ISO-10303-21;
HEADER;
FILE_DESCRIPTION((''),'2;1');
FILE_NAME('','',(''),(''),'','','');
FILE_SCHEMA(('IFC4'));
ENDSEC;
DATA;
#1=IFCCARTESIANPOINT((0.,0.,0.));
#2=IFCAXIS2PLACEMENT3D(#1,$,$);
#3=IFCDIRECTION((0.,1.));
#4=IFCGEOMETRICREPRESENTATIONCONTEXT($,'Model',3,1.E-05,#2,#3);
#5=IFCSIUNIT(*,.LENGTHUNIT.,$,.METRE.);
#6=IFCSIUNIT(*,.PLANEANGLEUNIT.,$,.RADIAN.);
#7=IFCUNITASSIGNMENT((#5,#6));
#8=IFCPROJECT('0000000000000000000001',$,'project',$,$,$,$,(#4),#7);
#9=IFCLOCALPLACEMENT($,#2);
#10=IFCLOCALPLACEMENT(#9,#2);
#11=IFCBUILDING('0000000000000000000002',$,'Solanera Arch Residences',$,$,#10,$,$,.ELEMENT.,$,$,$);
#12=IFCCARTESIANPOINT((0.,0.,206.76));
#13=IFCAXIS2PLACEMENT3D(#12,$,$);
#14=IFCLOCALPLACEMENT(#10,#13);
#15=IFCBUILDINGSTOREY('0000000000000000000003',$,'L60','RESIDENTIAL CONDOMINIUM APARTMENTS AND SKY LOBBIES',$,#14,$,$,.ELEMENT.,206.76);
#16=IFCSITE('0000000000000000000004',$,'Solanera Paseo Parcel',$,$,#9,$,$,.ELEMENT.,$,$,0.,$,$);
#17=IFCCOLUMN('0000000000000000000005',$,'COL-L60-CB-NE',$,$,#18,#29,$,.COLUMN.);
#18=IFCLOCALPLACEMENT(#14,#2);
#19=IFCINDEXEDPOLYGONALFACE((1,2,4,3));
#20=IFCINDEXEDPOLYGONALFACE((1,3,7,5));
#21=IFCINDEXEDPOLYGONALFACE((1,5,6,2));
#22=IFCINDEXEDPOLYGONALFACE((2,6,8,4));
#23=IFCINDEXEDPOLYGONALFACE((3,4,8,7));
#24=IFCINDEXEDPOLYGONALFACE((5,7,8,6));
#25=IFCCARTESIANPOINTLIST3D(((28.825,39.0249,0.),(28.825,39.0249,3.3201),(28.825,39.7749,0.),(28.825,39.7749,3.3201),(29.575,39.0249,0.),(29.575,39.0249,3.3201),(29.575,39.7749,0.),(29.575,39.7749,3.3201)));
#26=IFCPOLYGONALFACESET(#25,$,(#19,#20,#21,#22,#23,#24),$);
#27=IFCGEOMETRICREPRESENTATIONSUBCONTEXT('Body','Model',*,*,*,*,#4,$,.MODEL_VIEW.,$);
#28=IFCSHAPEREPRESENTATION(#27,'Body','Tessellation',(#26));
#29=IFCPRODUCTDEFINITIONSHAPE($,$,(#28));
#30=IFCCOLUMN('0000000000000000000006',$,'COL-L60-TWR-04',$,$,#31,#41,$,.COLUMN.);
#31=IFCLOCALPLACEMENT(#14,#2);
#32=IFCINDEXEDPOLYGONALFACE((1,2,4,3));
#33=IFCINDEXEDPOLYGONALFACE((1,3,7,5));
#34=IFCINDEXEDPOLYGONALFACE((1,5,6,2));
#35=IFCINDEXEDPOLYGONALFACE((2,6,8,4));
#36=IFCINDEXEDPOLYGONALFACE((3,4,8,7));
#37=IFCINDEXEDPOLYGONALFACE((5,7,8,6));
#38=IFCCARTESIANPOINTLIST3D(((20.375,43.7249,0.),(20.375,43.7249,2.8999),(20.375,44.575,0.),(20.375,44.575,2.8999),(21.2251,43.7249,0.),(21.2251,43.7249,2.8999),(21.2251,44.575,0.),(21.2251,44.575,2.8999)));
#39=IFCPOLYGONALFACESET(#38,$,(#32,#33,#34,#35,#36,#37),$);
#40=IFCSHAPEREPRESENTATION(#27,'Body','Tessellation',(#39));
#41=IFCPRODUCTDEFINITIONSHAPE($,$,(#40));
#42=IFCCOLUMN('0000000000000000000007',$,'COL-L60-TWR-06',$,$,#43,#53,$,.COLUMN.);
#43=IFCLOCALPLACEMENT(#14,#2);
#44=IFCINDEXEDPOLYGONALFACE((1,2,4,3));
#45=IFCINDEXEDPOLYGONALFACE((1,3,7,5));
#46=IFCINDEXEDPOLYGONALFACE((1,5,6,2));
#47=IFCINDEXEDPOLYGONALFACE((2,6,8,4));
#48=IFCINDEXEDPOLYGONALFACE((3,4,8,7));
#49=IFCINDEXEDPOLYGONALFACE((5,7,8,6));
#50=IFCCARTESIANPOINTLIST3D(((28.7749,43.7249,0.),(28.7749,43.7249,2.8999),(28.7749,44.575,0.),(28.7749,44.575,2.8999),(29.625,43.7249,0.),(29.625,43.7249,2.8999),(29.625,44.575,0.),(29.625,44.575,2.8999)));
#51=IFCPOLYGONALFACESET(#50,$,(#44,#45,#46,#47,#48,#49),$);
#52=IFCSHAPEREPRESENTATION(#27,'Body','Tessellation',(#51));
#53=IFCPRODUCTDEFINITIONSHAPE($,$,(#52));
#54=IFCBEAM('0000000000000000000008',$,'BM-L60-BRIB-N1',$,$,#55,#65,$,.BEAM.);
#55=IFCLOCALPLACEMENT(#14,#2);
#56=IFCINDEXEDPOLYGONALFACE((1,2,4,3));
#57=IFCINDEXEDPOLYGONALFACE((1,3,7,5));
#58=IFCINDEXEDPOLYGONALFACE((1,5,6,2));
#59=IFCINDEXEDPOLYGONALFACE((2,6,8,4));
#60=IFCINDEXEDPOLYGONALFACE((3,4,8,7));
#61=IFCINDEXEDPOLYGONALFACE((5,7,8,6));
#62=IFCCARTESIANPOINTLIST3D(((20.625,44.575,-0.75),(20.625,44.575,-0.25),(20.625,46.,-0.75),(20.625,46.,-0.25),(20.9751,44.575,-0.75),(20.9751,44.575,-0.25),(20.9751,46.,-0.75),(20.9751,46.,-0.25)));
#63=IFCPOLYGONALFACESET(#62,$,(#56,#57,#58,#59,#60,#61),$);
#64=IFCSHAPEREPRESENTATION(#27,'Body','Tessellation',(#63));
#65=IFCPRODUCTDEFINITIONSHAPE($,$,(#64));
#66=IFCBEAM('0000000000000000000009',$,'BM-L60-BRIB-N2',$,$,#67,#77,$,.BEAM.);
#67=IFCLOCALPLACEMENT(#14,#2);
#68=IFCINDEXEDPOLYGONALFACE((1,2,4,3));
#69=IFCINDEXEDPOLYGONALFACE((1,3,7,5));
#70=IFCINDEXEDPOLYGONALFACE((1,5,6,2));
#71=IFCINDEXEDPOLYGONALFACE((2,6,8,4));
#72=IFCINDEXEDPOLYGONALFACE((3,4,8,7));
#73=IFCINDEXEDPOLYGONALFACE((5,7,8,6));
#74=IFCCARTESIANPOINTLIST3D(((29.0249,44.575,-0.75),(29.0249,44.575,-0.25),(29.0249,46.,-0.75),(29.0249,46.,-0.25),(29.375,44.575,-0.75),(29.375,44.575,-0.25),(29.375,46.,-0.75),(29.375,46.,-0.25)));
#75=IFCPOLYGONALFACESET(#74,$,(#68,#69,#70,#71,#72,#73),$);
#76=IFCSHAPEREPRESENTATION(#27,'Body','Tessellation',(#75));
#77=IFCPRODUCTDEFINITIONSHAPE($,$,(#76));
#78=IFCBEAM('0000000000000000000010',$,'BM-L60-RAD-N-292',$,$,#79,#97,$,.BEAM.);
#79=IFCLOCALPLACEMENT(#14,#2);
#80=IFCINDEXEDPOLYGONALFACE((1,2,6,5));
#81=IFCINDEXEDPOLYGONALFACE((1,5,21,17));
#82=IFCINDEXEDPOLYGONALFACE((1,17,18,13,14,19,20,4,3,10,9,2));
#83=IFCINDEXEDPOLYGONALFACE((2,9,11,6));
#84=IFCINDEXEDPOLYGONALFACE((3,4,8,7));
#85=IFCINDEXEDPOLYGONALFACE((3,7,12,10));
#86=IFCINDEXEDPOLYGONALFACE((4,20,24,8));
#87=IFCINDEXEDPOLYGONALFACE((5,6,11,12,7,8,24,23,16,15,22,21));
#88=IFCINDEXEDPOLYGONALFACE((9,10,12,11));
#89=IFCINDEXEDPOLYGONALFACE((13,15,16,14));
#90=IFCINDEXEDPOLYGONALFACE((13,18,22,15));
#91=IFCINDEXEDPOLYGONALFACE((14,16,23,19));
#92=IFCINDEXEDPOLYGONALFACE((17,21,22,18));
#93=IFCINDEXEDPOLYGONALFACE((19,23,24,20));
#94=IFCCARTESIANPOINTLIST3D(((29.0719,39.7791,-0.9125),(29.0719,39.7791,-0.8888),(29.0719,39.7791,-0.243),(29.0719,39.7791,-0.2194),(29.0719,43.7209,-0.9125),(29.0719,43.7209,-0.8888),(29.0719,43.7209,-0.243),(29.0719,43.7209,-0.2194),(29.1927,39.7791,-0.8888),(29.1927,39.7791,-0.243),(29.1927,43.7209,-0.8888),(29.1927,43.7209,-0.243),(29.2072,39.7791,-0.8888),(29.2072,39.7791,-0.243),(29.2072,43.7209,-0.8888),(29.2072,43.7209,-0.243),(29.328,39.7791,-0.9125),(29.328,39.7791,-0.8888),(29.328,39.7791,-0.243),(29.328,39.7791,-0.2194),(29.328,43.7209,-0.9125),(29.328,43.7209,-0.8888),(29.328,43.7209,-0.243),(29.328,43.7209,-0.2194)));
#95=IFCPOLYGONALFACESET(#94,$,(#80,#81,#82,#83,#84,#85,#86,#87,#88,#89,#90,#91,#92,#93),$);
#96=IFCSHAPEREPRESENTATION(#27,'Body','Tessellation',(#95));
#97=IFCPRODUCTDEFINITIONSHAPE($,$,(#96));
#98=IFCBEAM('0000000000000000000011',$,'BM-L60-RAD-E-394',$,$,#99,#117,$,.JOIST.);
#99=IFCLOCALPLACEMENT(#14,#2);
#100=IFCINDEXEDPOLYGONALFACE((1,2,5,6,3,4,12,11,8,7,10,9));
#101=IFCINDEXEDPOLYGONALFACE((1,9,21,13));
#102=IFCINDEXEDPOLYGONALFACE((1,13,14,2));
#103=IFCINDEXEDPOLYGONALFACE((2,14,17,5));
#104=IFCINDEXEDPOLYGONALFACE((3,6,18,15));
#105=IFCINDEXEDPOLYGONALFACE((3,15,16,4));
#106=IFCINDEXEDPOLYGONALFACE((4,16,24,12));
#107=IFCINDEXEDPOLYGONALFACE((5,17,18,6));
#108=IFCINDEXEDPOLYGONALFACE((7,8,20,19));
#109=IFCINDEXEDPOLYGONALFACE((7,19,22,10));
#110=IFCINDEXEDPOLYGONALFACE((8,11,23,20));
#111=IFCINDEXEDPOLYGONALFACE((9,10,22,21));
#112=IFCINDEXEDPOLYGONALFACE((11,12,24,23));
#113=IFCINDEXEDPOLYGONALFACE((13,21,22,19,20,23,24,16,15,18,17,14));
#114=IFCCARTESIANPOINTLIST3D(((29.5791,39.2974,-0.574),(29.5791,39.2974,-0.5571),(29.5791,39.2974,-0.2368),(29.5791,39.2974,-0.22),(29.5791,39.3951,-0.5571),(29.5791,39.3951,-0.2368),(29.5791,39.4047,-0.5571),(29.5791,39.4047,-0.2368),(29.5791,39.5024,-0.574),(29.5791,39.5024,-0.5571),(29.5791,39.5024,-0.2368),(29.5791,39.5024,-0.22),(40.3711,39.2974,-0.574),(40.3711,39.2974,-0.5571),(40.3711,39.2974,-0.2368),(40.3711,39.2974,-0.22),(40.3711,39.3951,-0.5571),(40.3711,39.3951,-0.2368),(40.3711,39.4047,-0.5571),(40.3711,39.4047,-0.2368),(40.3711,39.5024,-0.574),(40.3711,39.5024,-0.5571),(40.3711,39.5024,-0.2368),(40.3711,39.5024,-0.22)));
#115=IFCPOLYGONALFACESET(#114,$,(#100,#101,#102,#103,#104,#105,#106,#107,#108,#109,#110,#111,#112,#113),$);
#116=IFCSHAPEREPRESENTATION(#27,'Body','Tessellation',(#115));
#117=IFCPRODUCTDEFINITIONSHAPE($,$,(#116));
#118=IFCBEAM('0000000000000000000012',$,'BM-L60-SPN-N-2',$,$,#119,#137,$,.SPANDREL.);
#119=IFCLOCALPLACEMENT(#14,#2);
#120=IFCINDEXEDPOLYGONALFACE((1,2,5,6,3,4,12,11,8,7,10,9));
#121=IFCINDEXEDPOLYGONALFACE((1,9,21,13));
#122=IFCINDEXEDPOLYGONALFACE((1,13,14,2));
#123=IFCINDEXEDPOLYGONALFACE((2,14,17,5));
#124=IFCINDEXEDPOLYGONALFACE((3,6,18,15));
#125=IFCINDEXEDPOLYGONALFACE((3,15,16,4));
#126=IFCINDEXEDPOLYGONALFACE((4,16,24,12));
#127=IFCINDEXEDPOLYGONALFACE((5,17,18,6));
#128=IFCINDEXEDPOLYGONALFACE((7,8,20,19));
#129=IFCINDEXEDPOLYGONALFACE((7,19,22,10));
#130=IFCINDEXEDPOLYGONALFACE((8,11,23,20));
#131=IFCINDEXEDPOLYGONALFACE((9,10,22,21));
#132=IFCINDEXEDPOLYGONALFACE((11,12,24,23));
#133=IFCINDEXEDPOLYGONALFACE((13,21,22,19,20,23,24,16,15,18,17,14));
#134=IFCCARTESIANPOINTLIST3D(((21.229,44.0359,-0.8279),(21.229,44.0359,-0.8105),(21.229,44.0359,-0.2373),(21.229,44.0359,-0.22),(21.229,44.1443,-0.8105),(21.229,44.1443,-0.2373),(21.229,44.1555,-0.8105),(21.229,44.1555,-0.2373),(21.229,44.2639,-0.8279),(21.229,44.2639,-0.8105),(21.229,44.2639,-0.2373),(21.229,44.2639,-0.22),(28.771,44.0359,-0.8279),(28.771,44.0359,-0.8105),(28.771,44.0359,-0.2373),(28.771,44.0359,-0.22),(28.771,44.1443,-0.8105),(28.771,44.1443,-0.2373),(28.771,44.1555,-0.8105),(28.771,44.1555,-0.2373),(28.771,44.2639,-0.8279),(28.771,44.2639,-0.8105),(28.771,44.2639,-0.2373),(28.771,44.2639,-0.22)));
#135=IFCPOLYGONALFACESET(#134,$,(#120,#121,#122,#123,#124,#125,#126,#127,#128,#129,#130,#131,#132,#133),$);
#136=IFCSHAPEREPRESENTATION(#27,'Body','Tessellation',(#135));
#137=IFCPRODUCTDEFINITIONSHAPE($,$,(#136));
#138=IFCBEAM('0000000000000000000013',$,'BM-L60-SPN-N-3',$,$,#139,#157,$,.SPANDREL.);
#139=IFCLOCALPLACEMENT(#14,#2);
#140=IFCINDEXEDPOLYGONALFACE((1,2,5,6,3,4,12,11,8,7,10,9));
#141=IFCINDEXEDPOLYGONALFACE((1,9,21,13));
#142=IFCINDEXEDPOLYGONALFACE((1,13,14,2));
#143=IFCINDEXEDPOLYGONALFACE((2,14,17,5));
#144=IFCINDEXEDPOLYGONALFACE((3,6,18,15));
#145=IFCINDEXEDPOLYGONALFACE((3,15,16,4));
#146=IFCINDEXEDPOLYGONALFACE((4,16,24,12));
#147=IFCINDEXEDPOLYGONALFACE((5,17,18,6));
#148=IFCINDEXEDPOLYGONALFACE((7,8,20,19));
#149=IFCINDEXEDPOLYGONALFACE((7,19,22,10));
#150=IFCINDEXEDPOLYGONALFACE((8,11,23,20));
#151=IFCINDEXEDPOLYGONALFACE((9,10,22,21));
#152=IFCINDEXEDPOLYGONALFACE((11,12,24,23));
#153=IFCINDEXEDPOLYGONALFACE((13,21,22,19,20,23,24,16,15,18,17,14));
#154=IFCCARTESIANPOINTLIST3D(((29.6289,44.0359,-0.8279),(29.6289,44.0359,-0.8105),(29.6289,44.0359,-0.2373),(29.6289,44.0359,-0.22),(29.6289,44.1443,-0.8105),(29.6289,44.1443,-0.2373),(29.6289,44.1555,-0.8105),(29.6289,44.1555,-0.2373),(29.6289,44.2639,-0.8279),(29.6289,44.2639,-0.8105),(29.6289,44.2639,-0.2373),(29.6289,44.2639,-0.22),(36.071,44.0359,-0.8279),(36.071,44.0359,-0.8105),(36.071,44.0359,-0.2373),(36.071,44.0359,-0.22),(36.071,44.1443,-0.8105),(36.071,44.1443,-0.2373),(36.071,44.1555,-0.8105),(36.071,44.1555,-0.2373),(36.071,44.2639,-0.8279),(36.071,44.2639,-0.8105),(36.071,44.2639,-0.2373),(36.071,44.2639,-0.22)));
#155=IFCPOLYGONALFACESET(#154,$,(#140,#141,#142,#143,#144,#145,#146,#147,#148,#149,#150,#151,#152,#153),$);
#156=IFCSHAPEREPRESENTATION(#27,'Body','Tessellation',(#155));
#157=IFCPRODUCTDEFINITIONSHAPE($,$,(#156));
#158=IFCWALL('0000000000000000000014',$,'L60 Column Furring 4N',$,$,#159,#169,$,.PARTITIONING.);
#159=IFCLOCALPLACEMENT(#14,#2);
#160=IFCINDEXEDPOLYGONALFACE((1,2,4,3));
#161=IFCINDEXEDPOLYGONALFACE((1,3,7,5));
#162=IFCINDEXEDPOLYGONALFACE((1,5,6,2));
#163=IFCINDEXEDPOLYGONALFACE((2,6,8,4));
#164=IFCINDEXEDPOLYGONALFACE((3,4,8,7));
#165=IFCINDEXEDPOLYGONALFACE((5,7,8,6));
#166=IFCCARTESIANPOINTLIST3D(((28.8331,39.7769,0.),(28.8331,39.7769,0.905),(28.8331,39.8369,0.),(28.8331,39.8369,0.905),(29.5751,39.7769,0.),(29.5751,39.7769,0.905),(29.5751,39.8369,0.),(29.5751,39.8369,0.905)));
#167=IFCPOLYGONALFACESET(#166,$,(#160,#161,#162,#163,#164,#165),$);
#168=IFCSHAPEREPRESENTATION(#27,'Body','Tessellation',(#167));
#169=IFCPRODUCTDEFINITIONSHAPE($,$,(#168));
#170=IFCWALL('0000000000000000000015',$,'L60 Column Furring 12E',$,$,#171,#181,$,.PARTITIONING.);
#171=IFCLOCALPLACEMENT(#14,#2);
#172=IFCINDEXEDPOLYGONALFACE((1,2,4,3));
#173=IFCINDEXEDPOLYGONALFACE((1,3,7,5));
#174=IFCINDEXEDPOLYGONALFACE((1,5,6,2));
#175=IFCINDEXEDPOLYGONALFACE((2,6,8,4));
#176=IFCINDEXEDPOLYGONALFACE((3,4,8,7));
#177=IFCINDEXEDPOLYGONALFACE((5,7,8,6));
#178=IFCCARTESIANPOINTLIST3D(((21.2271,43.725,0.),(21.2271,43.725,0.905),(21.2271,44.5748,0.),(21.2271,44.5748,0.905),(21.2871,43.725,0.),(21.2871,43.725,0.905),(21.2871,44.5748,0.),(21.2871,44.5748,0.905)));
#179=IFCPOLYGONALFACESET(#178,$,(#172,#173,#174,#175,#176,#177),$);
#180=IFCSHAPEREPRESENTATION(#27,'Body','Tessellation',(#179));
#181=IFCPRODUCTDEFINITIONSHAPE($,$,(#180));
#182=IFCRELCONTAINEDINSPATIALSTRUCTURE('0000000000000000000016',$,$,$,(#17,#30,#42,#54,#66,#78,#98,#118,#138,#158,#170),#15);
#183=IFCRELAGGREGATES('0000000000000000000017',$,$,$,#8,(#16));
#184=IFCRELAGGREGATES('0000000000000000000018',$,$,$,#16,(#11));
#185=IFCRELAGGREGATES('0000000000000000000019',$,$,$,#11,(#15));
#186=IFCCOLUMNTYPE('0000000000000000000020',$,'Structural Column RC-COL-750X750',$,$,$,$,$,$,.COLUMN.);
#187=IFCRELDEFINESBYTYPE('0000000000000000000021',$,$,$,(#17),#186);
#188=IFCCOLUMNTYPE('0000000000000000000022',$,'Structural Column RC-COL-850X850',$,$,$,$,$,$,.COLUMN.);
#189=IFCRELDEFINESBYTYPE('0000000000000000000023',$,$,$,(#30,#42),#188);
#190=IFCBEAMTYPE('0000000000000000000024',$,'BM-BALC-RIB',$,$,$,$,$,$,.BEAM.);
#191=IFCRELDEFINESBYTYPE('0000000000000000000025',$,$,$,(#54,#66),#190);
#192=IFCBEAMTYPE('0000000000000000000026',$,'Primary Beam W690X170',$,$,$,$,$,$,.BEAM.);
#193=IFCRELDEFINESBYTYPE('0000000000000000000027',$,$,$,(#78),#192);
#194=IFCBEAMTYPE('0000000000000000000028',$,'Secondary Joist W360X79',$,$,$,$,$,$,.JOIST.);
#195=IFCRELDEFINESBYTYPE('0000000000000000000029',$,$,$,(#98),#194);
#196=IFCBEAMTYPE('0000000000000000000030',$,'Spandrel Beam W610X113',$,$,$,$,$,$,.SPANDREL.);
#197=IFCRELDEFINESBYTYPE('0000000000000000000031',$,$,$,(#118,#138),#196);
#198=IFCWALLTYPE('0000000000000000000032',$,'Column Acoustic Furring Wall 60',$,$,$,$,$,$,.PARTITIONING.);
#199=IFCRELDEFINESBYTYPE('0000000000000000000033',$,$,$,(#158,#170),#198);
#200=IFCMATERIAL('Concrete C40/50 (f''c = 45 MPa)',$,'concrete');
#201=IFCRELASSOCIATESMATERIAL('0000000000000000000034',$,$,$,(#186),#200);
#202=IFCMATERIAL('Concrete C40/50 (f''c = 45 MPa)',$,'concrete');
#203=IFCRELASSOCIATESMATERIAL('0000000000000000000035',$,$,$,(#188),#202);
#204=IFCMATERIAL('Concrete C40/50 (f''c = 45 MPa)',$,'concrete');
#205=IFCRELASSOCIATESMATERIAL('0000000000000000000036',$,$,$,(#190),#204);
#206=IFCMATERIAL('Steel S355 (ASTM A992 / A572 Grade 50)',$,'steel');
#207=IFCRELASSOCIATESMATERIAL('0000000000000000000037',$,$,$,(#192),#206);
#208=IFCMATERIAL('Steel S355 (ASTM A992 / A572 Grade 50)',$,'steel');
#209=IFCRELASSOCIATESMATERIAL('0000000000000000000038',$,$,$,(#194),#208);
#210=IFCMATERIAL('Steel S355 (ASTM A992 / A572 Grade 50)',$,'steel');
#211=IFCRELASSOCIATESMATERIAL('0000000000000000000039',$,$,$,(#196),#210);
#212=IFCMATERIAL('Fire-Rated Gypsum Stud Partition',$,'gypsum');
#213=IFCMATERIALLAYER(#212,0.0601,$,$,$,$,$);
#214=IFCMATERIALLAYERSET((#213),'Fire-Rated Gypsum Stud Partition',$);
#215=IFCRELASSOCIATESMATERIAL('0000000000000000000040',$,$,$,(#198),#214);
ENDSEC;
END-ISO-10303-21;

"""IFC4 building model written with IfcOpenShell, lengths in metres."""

from ifc_helpers import new_model, si_unit, direction, frame, frame_2d, origin, origin_2d, place, context, subcontext, project, spatial, rectangle, i_section, extrude, material, layer, layer_set, material_profile, profile_set, type_object, element, save


model = new_model("IFC4")

# Units and contexts
model_context = context("Model", 3, precision=1e-05, world=origin(), true_north=direction((0.0, 1.0)))
body_context = subcontext(model_context, "Body", "Model", "MODEL_VIEW")
ifc_project = project(units=[si_unit("LENGTHUNIT", "METRE"), si_unit("PLANEANGLEUNIT", "RADIAN")], contexts=[model_context])

# Site, building, storey
site_placement = place(None, origin())
site = spatial("IfcSite", under=ifc_project, at=site_placement, Name="Solanera Paseo Parcel", CompositionType="ELEMENT", RefElevation=0.0)
building_placement = place(site_placement, origin())
building = spatial("IfcBuilding", under=site, at=building_placement, Name="Solanera Arch Residences", CompositionType="ELEMENT")
storey_placement = place(building_placement, frame((0.0, 0.0, 206.76)))
storey = spatial("IfcBuildingStorey", under=building, at=storey_placement, Name="L60", Description="RESIDENTIAL CONDOMINIUM APARTMENTS AND SKY LOBBIES", CompositionType="ELEMENT", Elevation=206.76)

# Columns
ifc_material_1 = material(Name="Concrete C40/50 (f'c = 45 MPa)", Category="concrete")
ifc_material_profile_1 = material_profile(ifc_material_1, rectangle(XDim=0.75, YDim=0.75, at=origin_2d()))
ifc_profile_set_1 = profile_set([ifc_material_profile_1], Name="Concrete C40/50 (f'c = 45 MPa)")
column_type_1 = type_object("IfcColumnType", Name="Structural Column RC-COL-750X750", PredefinedType="COLUMN", material=ifc_profile_set_1)
column_placement = place(storey_placement, frame((29.2, 39.3999, 0.0), z_axis=(0.0, 0.0, 1.0), x_axis=(1.0, 0.0, 0.0)))
element("IfcColumn", 1, at=column_placement, inside=storey, type_object=column_type_1, Name="COL-L60-CB-NE", PredefinedType="COLUMN", context=body_context, shape_type="SweptSolid", body=[
    extrude(rectangle(XDim=0.75, YDim=0.75, at=origin_2d()), origin(), (0.0, 0.0, 1.0), 3.3201),
])
ifc_material_2 = material(Name="Concrete C40/50 (f'c = 45 MPa)", Category="concrete")
ifc_material_profile_2 = material_profile(ifc_material_2, rectangle(XDim=0.8501, YDim=0.8501, at=origin_2d()))
ifc_profile_set_2 = profile_set([ifc_material_profile_2], Name="Concrete C40/50 (f'c = 45 MPa)")
column_type_2 = type_object("IfcColumnType", Name="Structural Column RC-COL-850X850", PredefinedType="COLUMN", material=ifc_profile_set_2)
for number, where, z_axis, x_axis, name in (
    (2, (20.8, 44.1499, 0.0), (0.0, 0.0, 1.0), (1.0, 0.0, 0.0), "COL-L60-TWR-04"),
    (3, (29.2, 44.1499, 0.0), (0.0, 0.0, 1.0), (1.0, 0.0, 0.0), "COL-L60-TWR-06"),
):
    element("IfcColumn", number, at=place(storey_placement, frame(where, z_axis=z_axis, x_axis=x_axis)), inside=storey, type_object=column_type_2, Name=name, PredefinedType="COLUMN", context=body_context, shape_type="SweptSolid", body=[
        extrude(rectangle(XDim=0.8501, YDim=0.8501, at=origin_2d()), origin(), (0.0, 0.0, 1.0), 2.8999),
    ])

# Beams
ifc_material_3 = material(Name="Concrete C40/50 (f'c = 45 MPa)", Category="concrete")
ifc_material_profile_3 = material_profile(ifc_material_3, rectangle(XDim=0.3501, YDim=0.5, at=origin_2d()))
ifc_profile_set_3 = profile_set([ifc_material_profile_3], Name="Concrete C40/50 (f'c = 45 MPa)")
beam_type_1 = type_object("IfcBeamType", Name="BM-BALC-RIB", PredefinedType="BEAM", material=ifc_profile_set_3)
for number, where, z_axis, x_axis, name in (
    (4, (20.8, 44.575, -0.5), (0.0, 1.0, 0.0), (-1.0, 0.0, 0.0), "BM-L60-BRIB-N1"),
    (5, (29.2, 44.575, -0.5), (0.0, 1.0, 0.0), (-1.0, 0.0, 0.0), "BM-L60-BRIB-N2"),
):
    element("IfcBeam", number, at=place(storey_placement, frame(where, z_axis=z_axis, x_axis=x_axis)), inside=storey, type_object=beam_type_1, Name=name, PredefinedType="BEAM", context=body_context, shape_type="SweptSolid", body=[
        extrude(rectangle(XDim=0.3501, YDim=0.5, at=origin_2d()), origin(), (0.0, 0.0, 1.0), 1.425),
    ])
ifc_material_4 = material(Name="Steel S355 (ASTM A992 / A572 Grade 50)", Category="steel")
ifc_material_profile_4 = material_profile(ifc_material_4, i_section(OverallWidth=0.2561, OverallDepth=0.6931, WebThickness=0.0144, FlangeThickness=0.0237, at=origin_2d()))
ifc_profile_set_4 = profile_set([ifc_material_profile_4], Name="Steel S355 (ASTM A992 / A572 Grade 50)")
beam_type_2 = type_object("IfcBeamType", Name="Primary Beam W690X170", PredefinedType="BEAM", material=ifc_profile_set_4)
beam_1_placement = place(storey_placement, frame((29.2, 39.7791, -0.5659), z_axis=(0.0, 1.0, 0.0), x_axis=(-1.0, 0.0, 0.0)))
element("IfcBeam", 6, at=beam_1_placement, inside=storey, type_object=beam_type_2, Name="BM-L60-RAD-N-292", PredefinedType="BEAM", context=body_context, shape_type="SweptSolid", body=[
    extrude(i_section(OverallWidth=0.2561, OverallDepth=0.6931, WebThickness=0.0144, FlangeThickness=0.0237, at=origin_2d()), origin(), (0.0, 0.0, 1.0), 3.9419),
])
ifc_material_5 = material(Name="Steel S355 (ASTM A992 / A572 Grade 50)", Category="steel")
ifc_material_profile_5 = material_profile(ifc_material_5, i_section(OverallWidth=0.2051, OverallDepth=0.354, WebThickness=0.0095, FlangeThickness=0.0168, at=origin_2d()))
ifc_profile_set_5 = profile_set([ifc_material_profile_5], Name="Steel S355 (ASTM A992 / A572 Grade 50)")
beam_type_3 = type_object("IfcBeamType", Name="Secondary Joist W360X79", PredefinedType="JOIST", material=ifc_profile_set_5)
beam_2_placement = place(storey_placement, frame((29.5791, 39.3999, -0.397), z_axis=(1.0, 0.0, 0.0), x_axis=(0.0, 1.0, 0.0)))
element("IfcBeam", 7, at=beam_2_placement, inside=storey, type_object=beam_type_3, Name="BM-L60-RAD-E-394", PredefinedType="JOIST", context=body_context, shape_type="SweptSolid", body=[
    extrude(i_section(OverallWidth=0.2051, OverallDepth=0.354, WebThickness=0.0095, FlangeThickness=0.0168, at=origin_2d()), origin(), (0.0, 0.0, 1.0), 10.792),
])
ifc_material_6 = material(Name="Steel S355 (ASTM A992 / A572 Grade 50)", Category="steel")
ifc_material_profile_6 = material_profile(ifc_material_6, i_section(OverallWidth=0.228, OverallDepth=0.6079, WebThickness=0.0112, FlangeThickness=0.0173, at=origin_2d()))
ifc_profile_set_6 = profile_set([ifc_material_profile_6], Name="Steel S355 (ASTM A992 / A572 Grade 50)")
beam_type_4 = type_object("IfcBeamType", Name="Spandrel Beam W610X113", PredefinedType="SPANDREL", material=ifc_profile_set_6)
beam_3_placement = place(storey_placement, frame((21.229, 44.1499, -0.5239), z_axis=(1.0, 0.0, 0.0), x_axis=(0.0, 1.0, 0.0)))
element("IfcBeam", 8, at=beam_3_placement, inside=storey, type_object=beam_type_4, Name="BM-L60-SPN-N-2", PredefinedType="SPANDREL", context=body_context, shape_type="SweptSolid", body=[
    extrude(i_section(OverallWidth=0.228, OverallDepth=0.6079, WebThickness=0.0112, FlangeThickness=0.0173, at=origin_2d()), origin(), (0.0, 0.0, 1.0), 7.542),
])
beam_4_placement = place(storey_placement, frame((29.6289, 44.1499, -0.5239), z_axis=(1.0, 0.0, 0.0), x_axis=(0.0, 1.0, 0.0)))
element("IfcBeam", 9, at=beam_4_placement, inside=storey, type_object=beam_type_4, Name="BM-L60-SPN-N-3", PredefinedType="SPANDREL", context=body_context, shape_type="SweptSolid", body=[
    extrude(i_section(OverallWidth=0.228, OverallDepth=0.6079, WebThickness=0.0112, FlangeThickness=0.0173, at=origin_2d()), origin(), (0.0, 0.0, 1.0), 6.4421),
])

# Walls
ifc_material_7 = material(Name="Fire-Rated Gypsum Stud Partition", Category="gypsum")
ifc_layer_1 = layer(ifc_material_7, 0.0601)
ifc_layer_set_1 = layer_set([ifc_layer_1], Name="Fire-Rated Gypsum Stud Partition")
wall_type_1 = type_object("IfcWallType", Name="Column Acoustic Furring Wall 60", PredefinedType="PARTITIONING", material=ifc_layer_set_1)
wall_1_placement = place(storey_placement, frame((28.833, 39.8069, 0.0), z_axis=(0.0, 0.0, 1.0), x_axis=(1.0, 0.0, 0.0)))
element("IfcWall", 10, at=wall_1_placement, inside=storey, type_object=wall_type_1, Name="L60 Column Furring 4N", PredefinedType="PARTITIONING", context=body_context, shape_type="SweptSolid", body=[
    extrude(rectangle(XDim=0.7419, YDim=0.0601, at=frame_2d((0.3711, 0.0))), origin(), (0.0, 0.0, 1.0), 0.905),
])
wall_2_placement = place(storey_placement, frame((21.2571, 43.7251, 0.0), z_axis=(0.0, 0.0, 1.0), x_axis=(0.0, 1.0, 0.0)))
element("IfcWall", 11, at=wall_2_placement, inside=storey, type_object=wall_type_1, Name="L60 Column Furring 12E", PredefinedType="PARTITIONING", context=body_context, shape_type="SweptSolid", body=[
    extrude(rectangle(XDim=0.8499, YDim=0.0601, at=frame_2d((0.4248, 0.0))), origin(), (0.0, 0.0, 1.0), 0.905),
])

save(model, "model.ifc")
